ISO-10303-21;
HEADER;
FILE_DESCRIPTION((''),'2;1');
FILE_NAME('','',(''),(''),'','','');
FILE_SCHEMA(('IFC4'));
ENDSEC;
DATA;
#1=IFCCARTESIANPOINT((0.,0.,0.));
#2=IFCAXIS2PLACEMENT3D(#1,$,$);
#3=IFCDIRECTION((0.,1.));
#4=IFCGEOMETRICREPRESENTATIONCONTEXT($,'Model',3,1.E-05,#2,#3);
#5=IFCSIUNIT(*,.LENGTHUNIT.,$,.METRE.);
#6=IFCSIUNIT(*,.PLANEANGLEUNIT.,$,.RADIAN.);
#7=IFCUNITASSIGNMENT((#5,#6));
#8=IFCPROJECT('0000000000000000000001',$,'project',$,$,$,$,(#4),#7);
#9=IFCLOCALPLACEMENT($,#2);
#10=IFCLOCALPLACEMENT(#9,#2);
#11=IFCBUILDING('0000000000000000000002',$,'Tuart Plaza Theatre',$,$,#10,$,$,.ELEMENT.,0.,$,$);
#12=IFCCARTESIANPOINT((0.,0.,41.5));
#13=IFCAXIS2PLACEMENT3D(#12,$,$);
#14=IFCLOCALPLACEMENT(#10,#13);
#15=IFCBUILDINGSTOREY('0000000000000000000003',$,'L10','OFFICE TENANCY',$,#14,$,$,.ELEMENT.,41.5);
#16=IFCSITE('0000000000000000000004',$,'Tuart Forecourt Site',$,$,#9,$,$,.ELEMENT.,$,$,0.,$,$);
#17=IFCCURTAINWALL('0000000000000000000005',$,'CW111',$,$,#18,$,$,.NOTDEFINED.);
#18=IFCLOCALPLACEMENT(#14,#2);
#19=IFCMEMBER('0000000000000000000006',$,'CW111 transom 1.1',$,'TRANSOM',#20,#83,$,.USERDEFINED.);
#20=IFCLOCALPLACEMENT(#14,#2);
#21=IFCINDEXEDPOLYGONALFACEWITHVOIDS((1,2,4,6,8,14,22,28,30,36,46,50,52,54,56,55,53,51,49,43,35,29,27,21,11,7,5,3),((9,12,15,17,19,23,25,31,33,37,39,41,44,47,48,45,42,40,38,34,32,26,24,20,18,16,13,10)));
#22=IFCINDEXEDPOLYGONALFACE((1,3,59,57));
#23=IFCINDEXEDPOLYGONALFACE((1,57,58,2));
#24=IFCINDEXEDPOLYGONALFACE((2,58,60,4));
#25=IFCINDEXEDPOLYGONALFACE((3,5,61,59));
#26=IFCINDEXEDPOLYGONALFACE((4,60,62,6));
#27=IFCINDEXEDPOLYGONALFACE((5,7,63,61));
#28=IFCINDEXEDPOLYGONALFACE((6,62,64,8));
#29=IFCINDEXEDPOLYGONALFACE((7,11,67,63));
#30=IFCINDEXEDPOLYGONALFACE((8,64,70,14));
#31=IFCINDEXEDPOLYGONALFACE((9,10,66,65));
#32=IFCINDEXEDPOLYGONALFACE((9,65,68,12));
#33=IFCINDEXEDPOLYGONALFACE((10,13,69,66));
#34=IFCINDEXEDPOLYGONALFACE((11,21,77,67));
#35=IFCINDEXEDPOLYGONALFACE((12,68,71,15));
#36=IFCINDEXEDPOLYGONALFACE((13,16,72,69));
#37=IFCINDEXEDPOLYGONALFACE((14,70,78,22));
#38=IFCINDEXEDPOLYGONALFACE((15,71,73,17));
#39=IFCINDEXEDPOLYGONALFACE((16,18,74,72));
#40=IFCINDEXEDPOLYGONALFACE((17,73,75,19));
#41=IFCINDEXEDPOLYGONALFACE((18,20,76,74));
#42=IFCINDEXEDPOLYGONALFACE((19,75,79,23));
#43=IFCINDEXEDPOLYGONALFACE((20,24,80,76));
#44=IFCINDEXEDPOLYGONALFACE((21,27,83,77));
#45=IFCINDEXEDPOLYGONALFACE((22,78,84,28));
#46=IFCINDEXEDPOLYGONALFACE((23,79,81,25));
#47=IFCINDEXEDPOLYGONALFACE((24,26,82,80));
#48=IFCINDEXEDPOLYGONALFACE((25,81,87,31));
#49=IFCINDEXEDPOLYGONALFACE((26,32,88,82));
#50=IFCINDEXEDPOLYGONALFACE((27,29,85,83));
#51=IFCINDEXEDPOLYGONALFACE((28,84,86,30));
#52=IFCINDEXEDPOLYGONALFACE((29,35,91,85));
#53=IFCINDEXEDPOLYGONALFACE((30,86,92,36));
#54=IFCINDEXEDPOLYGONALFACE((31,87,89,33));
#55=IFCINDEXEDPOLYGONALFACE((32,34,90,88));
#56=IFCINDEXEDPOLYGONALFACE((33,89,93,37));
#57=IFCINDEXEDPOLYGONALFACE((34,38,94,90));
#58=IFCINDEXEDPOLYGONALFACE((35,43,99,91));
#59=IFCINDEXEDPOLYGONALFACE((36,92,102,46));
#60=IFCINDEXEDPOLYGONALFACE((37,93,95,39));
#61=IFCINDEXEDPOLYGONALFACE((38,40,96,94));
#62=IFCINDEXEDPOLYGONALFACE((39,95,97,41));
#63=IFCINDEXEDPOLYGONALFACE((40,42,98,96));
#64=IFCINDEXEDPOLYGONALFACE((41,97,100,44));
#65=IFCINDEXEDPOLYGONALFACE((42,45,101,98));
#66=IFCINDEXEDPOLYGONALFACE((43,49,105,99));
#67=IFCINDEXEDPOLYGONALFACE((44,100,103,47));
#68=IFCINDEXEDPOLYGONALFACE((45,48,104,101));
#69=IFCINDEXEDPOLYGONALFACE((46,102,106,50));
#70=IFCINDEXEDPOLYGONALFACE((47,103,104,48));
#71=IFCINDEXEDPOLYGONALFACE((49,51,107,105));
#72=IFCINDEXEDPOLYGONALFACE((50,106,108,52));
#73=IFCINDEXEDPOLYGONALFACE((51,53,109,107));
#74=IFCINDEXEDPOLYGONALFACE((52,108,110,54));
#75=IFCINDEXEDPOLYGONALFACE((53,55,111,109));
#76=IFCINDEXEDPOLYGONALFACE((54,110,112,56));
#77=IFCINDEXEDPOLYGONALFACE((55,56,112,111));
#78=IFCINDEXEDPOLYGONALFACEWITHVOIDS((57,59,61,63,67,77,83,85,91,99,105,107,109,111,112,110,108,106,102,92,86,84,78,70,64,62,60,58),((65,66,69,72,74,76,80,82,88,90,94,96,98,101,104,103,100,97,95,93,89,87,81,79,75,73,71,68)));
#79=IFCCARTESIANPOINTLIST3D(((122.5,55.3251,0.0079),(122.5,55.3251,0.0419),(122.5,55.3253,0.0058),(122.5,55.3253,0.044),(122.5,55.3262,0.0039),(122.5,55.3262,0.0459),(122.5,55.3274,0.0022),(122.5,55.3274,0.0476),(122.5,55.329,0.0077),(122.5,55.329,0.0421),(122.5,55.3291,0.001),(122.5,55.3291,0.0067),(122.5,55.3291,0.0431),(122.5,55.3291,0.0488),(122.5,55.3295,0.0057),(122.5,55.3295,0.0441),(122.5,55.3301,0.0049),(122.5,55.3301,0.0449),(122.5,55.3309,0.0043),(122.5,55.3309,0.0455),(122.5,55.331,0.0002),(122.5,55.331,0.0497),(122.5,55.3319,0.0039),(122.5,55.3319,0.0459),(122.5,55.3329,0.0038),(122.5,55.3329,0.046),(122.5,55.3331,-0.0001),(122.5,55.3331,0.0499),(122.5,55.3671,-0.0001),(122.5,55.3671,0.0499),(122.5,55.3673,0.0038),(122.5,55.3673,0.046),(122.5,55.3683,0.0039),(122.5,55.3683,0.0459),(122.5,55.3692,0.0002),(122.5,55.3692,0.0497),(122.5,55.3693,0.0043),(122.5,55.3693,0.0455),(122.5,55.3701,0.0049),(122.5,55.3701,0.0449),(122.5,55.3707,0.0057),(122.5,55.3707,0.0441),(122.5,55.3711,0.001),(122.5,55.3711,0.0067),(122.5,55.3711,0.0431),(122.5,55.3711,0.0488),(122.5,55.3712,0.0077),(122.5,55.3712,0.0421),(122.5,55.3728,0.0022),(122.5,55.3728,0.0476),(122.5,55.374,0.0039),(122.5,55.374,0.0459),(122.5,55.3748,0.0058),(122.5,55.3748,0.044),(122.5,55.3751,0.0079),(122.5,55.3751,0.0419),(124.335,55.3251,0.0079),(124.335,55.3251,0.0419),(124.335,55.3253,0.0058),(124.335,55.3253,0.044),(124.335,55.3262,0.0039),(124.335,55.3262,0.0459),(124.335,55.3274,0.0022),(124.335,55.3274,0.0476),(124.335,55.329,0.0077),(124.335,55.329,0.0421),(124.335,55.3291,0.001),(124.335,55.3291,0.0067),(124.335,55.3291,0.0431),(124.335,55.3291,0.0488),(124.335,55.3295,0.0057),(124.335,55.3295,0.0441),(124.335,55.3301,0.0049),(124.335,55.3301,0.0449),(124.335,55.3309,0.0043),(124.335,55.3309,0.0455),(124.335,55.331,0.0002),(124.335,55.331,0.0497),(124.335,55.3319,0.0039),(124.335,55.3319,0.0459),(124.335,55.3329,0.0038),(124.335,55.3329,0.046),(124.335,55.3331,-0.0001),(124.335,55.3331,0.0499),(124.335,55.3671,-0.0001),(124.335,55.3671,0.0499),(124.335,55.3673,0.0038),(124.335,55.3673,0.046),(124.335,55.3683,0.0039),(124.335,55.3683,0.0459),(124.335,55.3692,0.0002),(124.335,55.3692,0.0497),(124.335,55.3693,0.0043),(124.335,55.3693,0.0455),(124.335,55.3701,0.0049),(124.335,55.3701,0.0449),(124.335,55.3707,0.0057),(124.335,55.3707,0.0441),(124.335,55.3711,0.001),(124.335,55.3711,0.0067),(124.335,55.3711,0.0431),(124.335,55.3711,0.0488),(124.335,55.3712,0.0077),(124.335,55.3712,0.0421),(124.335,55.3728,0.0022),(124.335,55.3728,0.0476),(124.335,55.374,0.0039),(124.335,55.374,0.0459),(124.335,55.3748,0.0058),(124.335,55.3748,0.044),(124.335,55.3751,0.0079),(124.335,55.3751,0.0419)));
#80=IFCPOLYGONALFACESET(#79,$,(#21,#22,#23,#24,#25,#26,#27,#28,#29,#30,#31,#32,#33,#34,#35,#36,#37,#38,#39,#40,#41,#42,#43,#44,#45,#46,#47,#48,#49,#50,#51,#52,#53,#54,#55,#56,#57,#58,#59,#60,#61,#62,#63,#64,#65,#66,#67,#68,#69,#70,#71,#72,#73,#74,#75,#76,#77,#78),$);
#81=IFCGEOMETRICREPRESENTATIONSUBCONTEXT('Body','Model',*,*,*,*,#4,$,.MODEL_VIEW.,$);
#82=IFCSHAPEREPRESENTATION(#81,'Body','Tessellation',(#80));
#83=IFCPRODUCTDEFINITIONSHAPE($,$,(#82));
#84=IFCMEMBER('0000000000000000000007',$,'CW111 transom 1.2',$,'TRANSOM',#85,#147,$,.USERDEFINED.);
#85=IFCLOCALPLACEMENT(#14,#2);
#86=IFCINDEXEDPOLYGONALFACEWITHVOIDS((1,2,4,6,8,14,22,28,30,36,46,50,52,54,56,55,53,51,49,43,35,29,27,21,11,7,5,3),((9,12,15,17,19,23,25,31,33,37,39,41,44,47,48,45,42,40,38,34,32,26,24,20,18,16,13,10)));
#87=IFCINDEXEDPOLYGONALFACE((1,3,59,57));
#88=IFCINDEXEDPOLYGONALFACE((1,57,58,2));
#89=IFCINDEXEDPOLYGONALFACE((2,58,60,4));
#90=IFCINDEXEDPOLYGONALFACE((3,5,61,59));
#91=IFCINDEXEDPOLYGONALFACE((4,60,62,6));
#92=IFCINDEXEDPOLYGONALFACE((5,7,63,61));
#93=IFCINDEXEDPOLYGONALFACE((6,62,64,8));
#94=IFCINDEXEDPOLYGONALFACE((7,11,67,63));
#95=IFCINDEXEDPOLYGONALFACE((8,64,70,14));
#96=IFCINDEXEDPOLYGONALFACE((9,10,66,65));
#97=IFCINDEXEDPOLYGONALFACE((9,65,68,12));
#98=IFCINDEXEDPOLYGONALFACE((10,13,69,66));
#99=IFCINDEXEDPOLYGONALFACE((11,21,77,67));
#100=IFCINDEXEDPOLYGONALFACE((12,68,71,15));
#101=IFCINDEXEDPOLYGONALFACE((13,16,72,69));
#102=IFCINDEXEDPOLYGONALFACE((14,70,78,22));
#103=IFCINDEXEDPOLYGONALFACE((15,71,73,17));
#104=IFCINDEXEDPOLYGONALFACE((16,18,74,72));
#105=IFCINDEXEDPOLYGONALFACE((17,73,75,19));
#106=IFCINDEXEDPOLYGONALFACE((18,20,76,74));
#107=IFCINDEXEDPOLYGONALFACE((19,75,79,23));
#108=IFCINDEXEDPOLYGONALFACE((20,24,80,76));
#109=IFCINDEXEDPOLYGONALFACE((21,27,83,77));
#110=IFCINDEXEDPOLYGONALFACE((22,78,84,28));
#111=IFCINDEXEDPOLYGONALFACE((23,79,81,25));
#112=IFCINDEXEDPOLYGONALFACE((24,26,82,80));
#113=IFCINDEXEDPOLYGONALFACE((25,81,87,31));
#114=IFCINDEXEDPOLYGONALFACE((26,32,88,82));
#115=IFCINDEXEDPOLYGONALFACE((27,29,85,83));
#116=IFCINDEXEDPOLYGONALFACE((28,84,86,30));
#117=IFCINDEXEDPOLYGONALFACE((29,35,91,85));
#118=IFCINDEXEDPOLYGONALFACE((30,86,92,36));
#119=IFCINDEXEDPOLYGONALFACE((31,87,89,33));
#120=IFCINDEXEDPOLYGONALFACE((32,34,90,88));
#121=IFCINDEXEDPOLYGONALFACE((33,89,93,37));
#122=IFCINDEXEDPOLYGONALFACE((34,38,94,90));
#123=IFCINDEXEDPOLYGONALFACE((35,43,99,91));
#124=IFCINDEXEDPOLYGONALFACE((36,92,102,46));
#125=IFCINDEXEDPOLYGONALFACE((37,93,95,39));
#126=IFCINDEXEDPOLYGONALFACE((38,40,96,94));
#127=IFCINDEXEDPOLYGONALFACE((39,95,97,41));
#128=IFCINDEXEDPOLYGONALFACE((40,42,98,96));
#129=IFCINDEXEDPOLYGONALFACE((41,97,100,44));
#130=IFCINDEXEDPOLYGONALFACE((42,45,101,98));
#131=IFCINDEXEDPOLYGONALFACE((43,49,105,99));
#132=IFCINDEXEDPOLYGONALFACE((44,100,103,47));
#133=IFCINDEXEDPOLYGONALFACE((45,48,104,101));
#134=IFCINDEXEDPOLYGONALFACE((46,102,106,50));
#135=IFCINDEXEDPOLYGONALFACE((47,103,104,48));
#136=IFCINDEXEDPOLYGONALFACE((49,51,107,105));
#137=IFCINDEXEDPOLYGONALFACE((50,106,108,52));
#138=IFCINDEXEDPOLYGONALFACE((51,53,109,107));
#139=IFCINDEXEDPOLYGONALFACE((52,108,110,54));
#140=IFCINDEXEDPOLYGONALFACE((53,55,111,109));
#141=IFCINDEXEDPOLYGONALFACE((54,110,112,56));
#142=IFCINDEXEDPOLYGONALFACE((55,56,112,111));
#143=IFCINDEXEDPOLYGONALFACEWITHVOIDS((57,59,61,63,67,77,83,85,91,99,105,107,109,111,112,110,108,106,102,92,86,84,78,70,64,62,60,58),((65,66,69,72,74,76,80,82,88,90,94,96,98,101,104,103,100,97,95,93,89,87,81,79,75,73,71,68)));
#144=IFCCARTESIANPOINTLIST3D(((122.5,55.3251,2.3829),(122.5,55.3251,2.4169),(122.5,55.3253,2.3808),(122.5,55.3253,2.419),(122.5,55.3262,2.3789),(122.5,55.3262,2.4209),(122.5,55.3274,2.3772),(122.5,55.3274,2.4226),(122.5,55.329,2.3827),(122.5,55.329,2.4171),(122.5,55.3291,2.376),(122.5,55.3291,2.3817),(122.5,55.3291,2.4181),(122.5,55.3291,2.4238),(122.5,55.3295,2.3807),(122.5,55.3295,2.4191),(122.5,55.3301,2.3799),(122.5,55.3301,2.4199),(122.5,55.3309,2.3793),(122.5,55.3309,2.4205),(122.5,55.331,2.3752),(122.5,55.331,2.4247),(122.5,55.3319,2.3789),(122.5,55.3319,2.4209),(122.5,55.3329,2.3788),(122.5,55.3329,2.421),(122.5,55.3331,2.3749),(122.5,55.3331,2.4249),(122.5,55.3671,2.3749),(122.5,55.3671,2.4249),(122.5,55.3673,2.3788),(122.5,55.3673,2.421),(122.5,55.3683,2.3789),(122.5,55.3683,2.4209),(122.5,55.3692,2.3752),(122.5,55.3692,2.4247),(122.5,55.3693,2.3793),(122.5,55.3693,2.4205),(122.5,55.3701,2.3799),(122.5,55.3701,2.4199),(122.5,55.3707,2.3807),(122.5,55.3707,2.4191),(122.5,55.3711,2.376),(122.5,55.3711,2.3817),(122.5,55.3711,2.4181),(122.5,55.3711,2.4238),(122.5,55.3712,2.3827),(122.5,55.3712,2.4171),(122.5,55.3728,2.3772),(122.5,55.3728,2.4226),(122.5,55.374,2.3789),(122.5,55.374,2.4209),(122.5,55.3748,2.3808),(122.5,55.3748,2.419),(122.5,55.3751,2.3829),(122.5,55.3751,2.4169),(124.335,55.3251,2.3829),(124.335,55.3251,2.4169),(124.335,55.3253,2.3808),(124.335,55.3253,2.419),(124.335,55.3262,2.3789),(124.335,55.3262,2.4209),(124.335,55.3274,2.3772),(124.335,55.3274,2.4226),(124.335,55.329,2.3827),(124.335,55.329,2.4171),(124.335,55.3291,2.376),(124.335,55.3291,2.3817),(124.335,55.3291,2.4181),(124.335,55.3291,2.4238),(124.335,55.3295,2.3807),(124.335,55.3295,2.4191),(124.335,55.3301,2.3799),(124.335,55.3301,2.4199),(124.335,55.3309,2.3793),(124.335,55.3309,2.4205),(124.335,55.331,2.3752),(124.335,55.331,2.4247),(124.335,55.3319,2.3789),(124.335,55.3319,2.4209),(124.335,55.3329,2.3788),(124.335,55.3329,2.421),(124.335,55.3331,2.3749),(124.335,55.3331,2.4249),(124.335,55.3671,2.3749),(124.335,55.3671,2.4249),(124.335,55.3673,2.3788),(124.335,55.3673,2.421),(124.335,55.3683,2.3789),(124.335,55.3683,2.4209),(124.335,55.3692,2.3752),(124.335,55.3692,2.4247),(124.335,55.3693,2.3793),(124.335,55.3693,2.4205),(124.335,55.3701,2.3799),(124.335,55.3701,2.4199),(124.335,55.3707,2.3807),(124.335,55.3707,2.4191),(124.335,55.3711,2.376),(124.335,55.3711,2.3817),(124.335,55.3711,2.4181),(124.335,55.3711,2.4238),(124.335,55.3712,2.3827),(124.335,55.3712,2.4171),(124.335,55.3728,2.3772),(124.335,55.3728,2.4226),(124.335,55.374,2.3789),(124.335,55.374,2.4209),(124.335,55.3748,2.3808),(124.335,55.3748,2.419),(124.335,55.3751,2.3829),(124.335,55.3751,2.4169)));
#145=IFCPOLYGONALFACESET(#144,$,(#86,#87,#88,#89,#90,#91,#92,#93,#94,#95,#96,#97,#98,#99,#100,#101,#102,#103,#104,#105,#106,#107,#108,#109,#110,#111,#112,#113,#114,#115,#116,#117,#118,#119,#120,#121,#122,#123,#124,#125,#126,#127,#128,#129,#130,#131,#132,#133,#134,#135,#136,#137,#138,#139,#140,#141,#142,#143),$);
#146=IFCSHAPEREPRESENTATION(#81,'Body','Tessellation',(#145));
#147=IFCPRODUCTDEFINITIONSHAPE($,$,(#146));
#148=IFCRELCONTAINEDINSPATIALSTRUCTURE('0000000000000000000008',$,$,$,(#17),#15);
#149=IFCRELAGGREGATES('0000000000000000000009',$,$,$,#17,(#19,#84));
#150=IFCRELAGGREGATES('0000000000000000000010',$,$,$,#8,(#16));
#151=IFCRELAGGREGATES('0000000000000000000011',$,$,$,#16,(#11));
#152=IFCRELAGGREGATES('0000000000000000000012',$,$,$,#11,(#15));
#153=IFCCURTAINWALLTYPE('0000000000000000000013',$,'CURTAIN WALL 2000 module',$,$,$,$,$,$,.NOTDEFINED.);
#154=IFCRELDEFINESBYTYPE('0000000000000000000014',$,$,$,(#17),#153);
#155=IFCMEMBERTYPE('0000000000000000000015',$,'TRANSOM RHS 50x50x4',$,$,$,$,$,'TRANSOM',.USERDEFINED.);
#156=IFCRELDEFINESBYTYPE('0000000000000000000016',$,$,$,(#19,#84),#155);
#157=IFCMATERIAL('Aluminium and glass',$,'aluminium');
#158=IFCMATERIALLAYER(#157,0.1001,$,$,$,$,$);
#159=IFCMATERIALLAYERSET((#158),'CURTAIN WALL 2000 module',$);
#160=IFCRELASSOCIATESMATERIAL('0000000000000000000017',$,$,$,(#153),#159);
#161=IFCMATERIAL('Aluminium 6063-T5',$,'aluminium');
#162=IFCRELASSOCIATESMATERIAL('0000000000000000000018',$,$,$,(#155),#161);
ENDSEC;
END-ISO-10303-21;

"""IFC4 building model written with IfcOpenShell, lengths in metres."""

from ifc_helpers import new_model, si_unit, direction, frame, origin, origin_2d, place, context, subcontext, project, spatial, hollow_rectangle, extrude, material, layer, layer_set, material_profile, profile_set, type_object, element, aggregate, save


model = new_model("IFC4")

# Units and contexts
model_context = context("Model", 3, precision=1e-05, world=origin(), true_north=direction((0.0, 1.0)))
body_context = subcontext(model_context, "Body", "Model", "MODEL_VIEW")
ifc_project = project(units=[si_unit("LENGTHUNIT", "METRE"), si_unit("PLANEANGLEUNIT", "RADIAN")], contexts=[model_context])

# Site, building, storey
site_placement = place(None, origin())
site = spatial("IfcSite", under=ifc_project, at=site_placement, Name="Tuart Forecourt Site", CompositionType="ELEMENT", RefElevation=0.0)
building_placement = place(site_placement, origin())
building = spatial("IfcBuilding", under=site, at=building_placement, Name="Tuart Plaza Theatre", CompositionType="ELEMENT", ElevationOfRefHeight=0.0)
storey_placement = place(building_placement, frame((0.0, 0.0, 41.5)))
storey = spatial("IfcBuildingStorey", under=building, at=storey_placement, Name="L10", Description="OFFICE TENANCY", CompositionType="ELEMENT", Elevation=41.5)

# Shared definitions
ifc_material_1 = material(Name="Aluminium and glass", Category="aluminium")
ifc_layer_1 = layer(ifc_material_1, 0.1001)
ifc_layer_set_1 = layer_set([ifc_layer_1], Name="CURTAIN WALL 2000 module")
curtain_wall_type = type_object("IfcCurtainWallType", Name="CURTAIN WALL 2000 module", PredefinedType="NOTDEFINED", material=ifc_layer_set_1)

# Curtain wall
curtain_wall_1_placement = place(storey_placement, origin())
curtain_wall_1 = element("IfcCurtainWall", 1, at=curtain_wall_1_placement, inside=storey, type_object=curtain_wall_type, Name="CW111", PredefinedType="NOTDEFINED")

# Members
ifc_material_2 = material(Name="Aluminium 6063-T5", Category="aluminium")
ifc_material_profile_1 = material_profile(ifc_material_2, hollow_rectangle(XDim=0.05, YDim=0.05, WallThickness=0.0039, InnerFilletRadius=0.0039, OuterFilletRadius=0.0081, at=origin_2d()), Name="RHS 50x50x4")
ifc_profile_set_1 = profile_set([ifc_material_profile_1], Name="Aluminium 6063-T5")
member_type_1 = type_object("IfcMemberType", Name="TRANSOM RHS 50x50x4", ElementType="TRANSOM", PredefinedType="USERDEFINED", material=ifc_profile_set_1)
member_1_placement = place(storey_placement, frame((122.5, 55.3501, 0.0249), z_axis=(1.0, 0.0, 0.0), x_axis=(0.0, 1.0, 0.0)))
member_1 = element("IfcMember", 2, at=member_1_placement, type_object=member_type_1, Name="CW111 transom 1.1", ObjectType="TRANSOM", PredefinedType="USERDEFINED", context=body_context, shape_type="SweptSolid", body=[
    extrude(hollow_rectangle(XDim=0.05, YDim=0.05, WallThickness=0.0039, InnerFilletRadius=0.0039, OuterFilletRadius=0.0081, at=origin_2d()), origin(), (0.0, 0.0, 1.0), 1.835),
])
member_2_placement = place(storey_placement, frame((122.5, 55.3501, 2.3999), z_axis=(1.0, 0.0, 0.0), x_axis=(0.0, 1.0, 0.0)))
member_2 = element("IfcMember", 3, at=member_2_placement, type_object=member_type_1, Name="CW111 transom 1.2", ObjectType="TRANSOM", PredefinedType="USERDEFINED", context=body_context, shape_type="SweptSolid", body=[
    extrude(hollow_rectangle(XDim=0.05, YDim=0.05, WallThickness=0.0039, InnerFilletRadius=0.0039, OuterFilletRadius=0.0081, at=origin_2d()), origin(), (0.0, 0.0, 1.0), 1.835),
])

aggregate(curtain_wall_1, [member_1, member_2])

save(model, "model.ifc")
